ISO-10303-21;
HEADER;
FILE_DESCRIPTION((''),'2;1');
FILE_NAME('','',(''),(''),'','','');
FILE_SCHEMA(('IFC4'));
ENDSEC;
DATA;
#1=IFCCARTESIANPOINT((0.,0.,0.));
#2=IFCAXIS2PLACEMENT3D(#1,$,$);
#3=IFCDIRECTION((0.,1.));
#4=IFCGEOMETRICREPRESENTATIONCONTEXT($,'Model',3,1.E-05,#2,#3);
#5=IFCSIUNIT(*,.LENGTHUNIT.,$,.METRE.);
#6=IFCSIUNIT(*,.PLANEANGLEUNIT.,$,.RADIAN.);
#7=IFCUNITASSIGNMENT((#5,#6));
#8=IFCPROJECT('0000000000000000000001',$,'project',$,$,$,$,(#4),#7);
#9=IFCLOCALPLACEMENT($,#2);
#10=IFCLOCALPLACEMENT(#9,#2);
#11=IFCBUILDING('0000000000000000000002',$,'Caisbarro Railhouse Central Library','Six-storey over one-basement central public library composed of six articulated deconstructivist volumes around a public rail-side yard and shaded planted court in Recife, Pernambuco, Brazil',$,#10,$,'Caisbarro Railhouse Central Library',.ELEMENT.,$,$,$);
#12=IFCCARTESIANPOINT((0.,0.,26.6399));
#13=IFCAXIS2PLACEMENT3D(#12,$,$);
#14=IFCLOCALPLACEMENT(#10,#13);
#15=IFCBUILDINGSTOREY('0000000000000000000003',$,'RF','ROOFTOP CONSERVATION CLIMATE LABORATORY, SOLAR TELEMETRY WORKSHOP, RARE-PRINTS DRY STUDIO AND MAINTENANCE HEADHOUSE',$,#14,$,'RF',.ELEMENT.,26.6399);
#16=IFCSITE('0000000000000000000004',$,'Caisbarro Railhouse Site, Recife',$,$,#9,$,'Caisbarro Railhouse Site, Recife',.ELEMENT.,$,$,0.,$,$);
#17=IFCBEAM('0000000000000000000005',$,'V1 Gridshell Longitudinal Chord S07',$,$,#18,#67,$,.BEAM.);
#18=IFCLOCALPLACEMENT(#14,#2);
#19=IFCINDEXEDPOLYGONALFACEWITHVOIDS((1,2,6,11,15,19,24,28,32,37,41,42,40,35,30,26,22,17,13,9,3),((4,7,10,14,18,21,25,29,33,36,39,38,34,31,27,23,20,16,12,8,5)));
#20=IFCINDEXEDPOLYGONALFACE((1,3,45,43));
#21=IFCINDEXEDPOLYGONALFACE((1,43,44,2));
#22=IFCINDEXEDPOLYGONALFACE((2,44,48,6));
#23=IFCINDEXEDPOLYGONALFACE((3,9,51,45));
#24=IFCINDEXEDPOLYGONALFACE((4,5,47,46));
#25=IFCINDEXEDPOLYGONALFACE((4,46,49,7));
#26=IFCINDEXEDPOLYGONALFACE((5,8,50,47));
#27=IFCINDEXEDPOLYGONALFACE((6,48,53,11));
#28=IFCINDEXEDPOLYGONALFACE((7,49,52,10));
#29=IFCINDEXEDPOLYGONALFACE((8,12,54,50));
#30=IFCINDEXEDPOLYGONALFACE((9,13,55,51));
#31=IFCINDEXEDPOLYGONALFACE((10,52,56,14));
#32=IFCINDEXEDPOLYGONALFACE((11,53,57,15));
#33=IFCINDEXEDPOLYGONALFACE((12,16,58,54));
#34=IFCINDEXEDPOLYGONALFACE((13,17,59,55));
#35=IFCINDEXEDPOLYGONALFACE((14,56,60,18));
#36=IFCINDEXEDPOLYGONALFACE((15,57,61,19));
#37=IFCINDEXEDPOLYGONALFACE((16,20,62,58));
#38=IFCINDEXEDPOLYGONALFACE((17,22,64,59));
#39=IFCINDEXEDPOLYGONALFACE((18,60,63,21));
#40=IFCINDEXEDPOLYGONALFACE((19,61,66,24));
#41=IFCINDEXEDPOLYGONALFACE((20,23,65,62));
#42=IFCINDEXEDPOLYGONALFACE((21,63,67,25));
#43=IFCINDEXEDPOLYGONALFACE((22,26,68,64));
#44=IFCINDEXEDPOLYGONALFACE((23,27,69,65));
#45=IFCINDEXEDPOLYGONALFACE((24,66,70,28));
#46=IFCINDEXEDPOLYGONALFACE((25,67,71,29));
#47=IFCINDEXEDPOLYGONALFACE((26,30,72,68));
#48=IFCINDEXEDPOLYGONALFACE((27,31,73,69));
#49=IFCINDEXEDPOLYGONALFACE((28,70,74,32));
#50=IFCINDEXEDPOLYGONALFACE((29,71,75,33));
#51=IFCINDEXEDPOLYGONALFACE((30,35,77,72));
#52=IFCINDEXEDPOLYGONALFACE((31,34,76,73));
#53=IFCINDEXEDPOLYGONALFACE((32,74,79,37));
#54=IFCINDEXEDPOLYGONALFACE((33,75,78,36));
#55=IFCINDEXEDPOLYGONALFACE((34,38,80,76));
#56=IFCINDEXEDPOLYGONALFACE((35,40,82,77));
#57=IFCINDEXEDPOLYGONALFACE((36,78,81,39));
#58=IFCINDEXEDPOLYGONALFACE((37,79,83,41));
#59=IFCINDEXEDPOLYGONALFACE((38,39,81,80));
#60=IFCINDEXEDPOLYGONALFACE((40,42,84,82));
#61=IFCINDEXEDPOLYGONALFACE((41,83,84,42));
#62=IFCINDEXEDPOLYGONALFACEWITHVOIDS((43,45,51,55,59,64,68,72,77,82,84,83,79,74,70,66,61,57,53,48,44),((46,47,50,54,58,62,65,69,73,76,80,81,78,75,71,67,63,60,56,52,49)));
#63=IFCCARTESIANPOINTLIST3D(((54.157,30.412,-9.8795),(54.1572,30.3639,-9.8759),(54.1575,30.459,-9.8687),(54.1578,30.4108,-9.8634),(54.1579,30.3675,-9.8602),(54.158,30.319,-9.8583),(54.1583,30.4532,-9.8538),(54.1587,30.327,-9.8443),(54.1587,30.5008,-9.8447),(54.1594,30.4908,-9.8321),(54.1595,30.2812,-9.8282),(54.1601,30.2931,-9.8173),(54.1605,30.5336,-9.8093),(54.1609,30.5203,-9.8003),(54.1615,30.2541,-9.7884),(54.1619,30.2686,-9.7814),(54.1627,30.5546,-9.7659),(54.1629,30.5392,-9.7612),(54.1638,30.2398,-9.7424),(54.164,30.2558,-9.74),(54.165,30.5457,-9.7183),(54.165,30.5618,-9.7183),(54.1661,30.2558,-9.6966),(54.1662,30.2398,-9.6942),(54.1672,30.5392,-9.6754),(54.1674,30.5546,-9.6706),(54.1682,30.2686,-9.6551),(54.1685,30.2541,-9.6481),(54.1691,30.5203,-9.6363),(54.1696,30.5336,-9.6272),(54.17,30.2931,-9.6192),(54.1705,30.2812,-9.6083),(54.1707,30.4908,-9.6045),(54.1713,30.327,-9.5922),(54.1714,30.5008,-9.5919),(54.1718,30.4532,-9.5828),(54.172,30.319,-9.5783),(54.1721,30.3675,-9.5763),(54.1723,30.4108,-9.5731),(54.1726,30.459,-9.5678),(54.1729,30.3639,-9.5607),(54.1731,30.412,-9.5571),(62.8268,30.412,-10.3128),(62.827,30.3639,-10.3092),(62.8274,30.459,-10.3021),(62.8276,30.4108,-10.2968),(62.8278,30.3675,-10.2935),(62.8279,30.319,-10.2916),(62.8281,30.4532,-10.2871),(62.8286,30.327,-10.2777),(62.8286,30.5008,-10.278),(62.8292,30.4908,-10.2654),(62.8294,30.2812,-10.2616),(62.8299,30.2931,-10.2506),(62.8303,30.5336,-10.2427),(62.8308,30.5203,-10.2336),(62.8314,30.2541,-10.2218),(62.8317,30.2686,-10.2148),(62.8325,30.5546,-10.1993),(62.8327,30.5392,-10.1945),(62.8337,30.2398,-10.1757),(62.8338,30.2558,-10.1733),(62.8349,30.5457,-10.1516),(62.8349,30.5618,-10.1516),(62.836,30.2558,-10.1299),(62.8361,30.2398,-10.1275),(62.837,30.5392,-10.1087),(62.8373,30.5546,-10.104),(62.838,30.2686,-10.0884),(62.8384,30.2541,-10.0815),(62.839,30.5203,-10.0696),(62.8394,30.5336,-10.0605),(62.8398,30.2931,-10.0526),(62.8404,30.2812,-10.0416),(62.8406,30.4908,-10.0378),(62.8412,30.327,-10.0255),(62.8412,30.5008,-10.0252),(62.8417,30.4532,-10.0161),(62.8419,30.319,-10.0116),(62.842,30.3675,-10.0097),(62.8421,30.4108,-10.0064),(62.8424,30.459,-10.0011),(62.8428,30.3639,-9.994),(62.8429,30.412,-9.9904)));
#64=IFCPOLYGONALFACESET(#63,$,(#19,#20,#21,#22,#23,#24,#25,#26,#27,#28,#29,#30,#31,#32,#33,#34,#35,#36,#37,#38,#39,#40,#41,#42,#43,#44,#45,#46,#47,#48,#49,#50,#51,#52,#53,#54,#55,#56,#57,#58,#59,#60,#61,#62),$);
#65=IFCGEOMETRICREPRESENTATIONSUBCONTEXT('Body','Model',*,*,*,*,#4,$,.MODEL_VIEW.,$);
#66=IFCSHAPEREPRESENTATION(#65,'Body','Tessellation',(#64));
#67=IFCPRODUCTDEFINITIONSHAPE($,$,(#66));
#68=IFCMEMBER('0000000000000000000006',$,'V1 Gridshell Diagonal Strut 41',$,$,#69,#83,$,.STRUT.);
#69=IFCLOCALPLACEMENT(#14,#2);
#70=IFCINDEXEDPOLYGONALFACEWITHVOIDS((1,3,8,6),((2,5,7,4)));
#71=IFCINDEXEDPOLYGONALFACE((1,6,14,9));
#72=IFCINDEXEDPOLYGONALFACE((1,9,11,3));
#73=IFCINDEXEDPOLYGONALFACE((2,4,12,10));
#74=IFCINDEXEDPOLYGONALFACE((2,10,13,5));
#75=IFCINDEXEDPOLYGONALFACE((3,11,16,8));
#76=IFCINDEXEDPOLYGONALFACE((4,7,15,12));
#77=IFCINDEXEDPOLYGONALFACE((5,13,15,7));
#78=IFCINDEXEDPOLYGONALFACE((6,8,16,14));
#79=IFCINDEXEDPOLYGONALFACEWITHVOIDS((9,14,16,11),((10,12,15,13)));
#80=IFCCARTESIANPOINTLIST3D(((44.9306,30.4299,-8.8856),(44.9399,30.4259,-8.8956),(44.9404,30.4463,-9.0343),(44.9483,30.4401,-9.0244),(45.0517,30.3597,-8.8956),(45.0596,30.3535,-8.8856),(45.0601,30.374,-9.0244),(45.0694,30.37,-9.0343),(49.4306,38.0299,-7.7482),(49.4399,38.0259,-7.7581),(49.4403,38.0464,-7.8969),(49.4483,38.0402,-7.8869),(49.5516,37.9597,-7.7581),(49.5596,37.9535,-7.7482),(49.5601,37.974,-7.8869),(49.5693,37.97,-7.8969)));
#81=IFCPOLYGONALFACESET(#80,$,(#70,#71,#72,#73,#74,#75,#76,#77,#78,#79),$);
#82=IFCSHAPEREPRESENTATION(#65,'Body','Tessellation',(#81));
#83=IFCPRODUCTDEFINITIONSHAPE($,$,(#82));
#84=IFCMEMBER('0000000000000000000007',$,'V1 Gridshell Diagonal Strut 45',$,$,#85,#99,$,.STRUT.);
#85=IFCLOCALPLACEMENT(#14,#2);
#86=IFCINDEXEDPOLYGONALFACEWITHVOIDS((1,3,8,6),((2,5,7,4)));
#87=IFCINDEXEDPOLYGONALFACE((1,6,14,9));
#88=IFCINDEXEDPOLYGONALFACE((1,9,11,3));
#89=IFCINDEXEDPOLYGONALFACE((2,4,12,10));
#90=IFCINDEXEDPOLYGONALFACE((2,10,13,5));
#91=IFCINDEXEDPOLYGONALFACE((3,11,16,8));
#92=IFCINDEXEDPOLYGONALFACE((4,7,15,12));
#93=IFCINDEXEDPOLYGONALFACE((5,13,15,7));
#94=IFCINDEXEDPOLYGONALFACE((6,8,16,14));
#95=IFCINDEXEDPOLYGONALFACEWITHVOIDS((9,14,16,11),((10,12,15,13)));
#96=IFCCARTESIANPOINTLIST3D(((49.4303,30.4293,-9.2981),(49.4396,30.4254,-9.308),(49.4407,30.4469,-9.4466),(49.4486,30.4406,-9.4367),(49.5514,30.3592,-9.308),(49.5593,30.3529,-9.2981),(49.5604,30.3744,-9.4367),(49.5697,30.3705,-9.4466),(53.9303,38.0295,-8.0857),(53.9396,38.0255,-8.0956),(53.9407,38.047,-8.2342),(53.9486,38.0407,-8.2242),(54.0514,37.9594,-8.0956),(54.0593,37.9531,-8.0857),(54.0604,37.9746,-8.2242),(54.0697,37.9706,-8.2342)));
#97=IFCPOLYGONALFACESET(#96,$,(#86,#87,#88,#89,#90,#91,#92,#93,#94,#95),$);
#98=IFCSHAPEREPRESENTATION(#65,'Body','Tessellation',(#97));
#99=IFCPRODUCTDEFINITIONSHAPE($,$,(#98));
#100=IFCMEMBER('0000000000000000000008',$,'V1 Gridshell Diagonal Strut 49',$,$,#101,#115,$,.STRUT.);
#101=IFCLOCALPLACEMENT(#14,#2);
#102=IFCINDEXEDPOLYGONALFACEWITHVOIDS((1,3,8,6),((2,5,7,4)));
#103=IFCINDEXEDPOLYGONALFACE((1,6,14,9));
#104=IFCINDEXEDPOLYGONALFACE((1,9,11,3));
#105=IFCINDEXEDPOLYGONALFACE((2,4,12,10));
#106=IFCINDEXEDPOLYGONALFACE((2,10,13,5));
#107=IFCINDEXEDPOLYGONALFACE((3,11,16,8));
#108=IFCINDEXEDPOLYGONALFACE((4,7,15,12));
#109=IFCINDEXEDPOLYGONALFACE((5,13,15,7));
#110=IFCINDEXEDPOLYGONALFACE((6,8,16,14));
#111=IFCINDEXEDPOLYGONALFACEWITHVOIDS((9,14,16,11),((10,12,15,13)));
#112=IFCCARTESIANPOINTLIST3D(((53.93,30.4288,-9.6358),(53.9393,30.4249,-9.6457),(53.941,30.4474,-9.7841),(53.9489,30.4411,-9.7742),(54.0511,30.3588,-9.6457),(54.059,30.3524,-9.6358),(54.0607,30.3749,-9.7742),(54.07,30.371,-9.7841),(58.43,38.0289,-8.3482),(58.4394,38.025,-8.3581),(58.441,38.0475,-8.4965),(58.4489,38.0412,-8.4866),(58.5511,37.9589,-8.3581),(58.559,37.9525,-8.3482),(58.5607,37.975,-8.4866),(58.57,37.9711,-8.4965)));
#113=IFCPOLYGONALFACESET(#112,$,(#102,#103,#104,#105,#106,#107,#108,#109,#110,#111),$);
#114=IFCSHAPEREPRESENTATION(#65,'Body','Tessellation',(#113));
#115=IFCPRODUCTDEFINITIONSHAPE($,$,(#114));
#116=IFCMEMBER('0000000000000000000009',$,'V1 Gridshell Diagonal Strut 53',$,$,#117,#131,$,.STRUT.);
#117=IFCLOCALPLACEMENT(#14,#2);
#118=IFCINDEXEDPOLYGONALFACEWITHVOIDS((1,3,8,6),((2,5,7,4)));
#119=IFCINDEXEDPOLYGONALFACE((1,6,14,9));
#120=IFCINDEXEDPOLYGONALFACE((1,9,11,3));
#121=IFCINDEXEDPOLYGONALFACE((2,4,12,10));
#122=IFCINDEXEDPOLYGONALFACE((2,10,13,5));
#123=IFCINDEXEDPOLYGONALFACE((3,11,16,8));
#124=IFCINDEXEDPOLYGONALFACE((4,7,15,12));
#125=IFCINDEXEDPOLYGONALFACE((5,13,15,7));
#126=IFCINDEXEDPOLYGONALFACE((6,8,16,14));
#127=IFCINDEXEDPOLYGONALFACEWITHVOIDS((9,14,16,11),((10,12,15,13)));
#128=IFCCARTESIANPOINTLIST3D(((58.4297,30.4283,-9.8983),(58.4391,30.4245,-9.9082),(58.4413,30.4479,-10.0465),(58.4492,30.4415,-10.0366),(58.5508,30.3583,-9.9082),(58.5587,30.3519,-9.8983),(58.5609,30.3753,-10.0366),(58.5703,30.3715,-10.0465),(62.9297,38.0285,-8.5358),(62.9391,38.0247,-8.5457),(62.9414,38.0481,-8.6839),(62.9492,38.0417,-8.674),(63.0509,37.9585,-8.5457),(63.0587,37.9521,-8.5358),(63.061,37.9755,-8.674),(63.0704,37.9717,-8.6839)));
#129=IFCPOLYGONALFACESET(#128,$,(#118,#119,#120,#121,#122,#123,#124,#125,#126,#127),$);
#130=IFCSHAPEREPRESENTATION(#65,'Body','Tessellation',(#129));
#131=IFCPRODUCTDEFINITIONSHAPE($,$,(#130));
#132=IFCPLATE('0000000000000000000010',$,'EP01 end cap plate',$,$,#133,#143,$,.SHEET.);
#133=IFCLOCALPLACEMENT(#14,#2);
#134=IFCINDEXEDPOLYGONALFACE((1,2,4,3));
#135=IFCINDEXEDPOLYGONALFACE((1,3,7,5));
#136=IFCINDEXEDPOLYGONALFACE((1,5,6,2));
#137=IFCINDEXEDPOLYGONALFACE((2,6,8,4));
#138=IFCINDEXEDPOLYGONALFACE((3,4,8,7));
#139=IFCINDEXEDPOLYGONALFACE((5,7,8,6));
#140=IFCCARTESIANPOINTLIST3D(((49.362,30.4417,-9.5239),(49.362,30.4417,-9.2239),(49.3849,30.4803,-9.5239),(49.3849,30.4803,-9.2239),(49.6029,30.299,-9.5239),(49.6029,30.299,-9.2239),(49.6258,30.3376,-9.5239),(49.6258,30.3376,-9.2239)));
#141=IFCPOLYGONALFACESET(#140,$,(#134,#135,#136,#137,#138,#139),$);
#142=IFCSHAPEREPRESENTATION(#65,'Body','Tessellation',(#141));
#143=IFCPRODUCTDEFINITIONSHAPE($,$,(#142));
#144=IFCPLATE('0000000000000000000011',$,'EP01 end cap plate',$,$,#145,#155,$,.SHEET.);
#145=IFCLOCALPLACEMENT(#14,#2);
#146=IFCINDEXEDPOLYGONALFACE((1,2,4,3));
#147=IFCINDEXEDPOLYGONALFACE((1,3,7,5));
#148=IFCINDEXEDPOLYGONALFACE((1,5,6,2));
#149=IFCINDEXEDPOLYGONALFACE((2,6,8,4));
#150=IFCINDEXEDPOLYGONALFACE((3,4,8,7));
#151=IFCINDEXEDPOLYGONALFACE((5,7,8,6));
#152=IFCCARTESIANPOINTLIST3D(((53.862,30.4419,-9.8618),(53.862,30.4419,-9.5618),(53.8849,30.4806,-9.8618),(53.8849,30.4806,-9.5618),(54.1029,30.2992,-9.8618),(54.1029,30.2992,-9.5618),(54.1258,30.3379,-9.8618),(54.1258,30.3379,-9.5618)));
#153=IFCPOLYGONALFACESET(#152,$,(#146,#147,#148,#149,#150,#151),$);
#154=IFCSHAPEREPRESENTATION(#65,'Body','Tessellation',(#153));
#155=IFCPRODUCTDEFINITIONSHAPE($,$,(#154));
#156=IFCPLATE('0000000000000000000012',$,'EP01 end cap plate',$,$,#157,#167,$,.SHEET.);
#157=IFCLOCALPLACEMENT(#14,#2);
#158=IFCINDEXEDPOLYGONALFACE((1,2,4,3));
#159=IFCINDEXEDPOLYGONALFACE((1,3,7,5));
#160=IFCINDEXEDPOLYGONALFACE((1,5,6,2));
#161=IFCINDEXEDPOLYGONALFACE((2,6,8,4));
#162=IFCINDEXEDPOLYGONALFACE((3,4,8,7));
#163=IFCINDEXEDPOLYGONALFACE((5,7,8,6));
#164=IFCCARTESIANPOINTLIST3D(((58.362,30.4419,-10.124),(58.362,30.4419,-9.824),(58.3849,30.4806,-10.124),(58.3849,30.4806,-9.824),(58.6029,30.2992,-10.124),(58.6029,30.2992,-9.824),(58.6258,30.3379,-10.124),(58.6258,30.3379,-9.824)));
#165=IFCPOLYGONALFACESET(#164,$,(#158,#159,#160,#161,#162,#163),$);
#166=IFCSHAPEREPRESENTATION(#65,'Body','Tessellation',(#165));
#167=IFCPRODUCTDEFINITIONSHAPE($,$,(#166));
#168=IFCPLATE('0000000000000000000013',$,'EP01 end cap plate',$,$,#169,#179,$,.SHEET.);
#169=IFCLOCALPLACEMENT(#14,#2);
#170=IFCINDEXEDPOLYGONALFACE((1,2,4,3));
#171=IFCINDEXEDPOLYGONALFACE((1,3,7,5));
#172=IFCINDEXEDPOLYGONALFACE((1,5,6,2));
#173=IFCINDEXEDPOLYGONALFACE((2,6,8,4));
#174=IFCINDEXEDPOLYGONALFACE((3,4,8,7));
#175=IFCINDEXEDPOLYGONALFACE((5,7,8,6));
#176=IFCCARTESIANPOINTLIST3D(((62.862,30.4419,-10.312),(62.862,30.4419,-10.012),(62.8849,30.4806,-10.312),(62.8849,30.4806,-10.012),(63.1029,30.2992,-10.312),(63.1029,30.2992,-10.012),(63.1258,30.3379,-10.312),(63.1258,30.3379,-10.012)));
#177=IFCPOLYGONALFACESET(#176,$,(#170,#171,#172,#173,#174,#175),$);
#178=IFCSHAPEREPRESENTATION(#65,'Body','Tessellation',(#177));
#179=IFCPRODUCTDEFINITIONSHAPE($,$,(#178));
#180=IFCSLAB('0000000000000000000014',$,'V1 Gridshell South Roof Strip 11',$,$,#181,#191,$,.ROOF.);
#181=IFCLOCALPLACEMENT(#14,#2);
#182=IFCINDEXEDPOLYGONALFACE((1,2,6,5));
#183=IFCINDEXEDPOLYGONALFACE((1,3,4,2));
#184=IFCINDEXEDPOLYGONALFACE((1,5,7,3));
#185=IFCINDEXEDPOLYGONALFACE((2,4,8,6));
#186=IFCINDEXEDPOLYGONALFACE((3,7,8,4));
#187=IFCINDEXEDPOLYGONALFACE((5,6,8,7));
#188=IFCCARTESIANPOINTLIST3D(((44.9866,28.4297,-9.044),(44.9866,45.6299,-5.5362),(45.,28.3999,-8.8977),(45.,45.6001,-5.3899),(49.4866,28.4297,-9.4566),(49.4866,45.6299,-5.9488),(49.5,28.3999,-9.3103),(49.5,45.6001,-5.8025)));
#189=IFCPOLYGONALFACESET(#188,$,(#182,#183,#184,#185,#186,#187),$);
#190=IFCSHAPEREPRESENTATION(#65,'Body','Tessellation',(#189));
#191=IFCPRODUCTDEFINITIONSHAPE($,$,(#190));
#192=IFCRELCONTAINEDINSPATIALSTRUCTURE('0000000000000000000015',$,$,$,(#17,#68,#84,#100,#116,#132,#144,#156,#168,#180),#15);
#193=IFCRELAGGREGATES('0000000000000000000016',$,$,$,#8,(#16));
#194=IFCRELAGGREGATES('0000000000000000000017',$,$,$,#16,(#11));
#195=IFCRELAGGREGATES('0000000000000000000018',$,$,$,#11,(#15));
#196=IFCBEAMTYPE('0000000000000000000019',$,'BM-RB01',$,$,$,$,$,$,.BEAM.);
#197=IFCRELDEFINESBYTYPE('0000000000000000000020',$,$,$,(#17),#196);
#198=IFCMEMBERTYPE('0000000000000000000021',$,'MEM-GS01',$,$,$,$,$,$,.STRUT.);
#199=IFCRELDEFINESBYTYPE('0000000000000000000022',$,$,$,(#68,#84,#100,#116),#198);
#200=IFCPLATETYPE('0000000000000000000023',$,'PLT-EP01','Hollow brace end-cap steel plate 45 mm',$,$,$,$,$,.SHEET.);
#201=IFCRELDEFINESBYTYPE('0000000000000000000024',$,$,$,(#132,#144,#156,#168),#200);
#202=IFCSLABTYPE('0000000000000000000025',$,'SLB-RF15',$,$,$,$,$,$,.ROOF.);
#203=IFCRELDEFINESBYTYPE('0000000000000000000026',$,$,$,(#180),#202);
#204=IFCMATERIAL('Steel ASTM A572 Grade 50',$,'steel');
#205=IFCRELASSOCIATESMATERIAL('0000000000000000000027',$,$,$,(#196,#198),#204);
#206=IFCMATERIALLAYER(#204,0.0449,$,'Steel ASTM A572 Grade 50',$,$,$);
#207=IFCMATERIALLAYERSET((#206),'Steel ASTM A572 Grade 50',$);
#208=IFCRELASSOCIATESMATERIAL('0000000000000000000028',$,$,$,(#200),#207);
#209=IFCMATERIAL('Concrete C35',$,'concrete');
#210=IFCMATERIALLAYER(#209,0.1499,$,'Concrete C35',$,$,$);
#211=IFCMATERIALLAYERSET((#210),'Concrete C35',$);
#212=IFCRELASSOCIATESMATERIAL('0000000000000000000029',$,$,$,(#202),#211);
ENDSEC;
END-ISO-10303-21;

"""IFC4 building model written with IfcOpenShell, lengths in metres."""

from ifc_helpers import new_model, si_unit, direction, frame, origin, origin_2d, place, context, subcontext, project, spatial, polyline, rectangle, hollow_rectangle, hollow_circle, outline, extrude, material, layer, layer_set, material_profile, profile_set, type_object, element, save


model = new_model("IFC4")

# Units and contexts
model_context = context("Model", 3, precision=1e-05, world=origin(), true_north=direction((0.0, 1.0)))
body_context = subcontext(model_context, "Body", "Model", "MODEL_VIEW")
ifc_project = project(units=[si_unit("LENGTHUNIT", "METRE"), si_unit("PLANEANGLEUNIT", "RADIAN")], contexts=[model_context])

# Site, building, storey
site_placement = place(None, origin())
site = spatial("IfcSite", under=ifc_project, at=site_placement, Name="Caisbarro Railhouse Site, Recife", LongName="Caisbarro Railhouse Site, Recife", CompositionType="ELEMENT", RefElevation=0.0)
building_placement = place(site_placement, origin())
building = spatial("IfcBuilding", under=site, at=building_placement, Name="Caisbarro Railhouse Central Library", Description="Six-storey over one-basement central public library composed of six articulated deconstructivist volumes around a public rail-side yard and shaded planted court in Recife, Pernambuco, Brazil", LongName="Caisbarro Railhouse Central Library", CompositionType="ELEMENT")
storey_placement = place(building_placement, frame((0.0, 0.0, 26.6399)))
storey = spatial("IfcBuildingStorey", under=building, at=storey_placement, Name="RF", Description="ROOFTOP CONSERVATION CLIMATE LABORATORY, SOLAR TELEMETRY WORKSHOP, RARE-PRINTS DRY STUDIO AND MAINTENANCE HEADHOUSE", LongName="RF", CompositionType="ELEMENT", Elevation=26.6399)

# Beam
ifc_material_1 = material(Name="Steel ASTM A572 Grade 50", Category="steel")
ifc_material_profile_1 = material_profile(ifc_material_1, hollow_circle(Radius=0.1619, WallThickness=0.0161, at=origin_2d()), Name="CHS323.9X16.0")
ifc_profile_set_1 = profile_set([ifc_material_profile_1], Name="Steel ASTM A572 Grade 50")
beam_type_1 = type_object("IfcBeamType", Name="BM-RB01", PredefinedType="BEAM", material=ifc_profile_set_1)
beam_1_placement = place(storey_placement, frame((54.165, 30.3999, -9.7183), z_axis=(0.998753, 0.0, -0.049921), x_axis=(0.0, 1.0, 0.0)))
element("IfcBeam", 1, at=beam_1_placement, inside=storey, type_object=beam_type_1, Name="V1 Gridshell Longitudinal Chord S07", PredefinedType="BEAM", context=body_context, shape_type="SweptSolid", body=[
    extrude(hollow_circle(Radius=0.1619, WallThickness=0.0161, at=origin_2d()), origin(), (0.0, 0.0, 1.0), 8.6807),
])

# Members
ifc_material_profile_2 = material_profile(ifc_material_1, hollow_rectangle(XDim=0.1499, YDim=0.1499, WallThickness=0.01, at=origin_2d()), Name="HSS150X150X10")
ifc_profile_set_2 = profile_set([ifc_material_profile_2], Name="Steel ASTM A572 Grade 50")
member_type = type_object("IfcMemberType", Name="MEM-GS01", PredefinedType="STRUT", material=ifc_profile_set_2)
member_1_placement = place(storey_placement, frame((45.0, 30.3999, -8.96), z_axis=(0.505314, 0.85343, 0.127727), x_axis=(-0.860478, 0.509487, 0.0)))
element("IfcMember", 2, at=member_1_placement, inside=storey, type_object=member_type, Name="V1 Gridshell Diagonal Strut 41", PredefinedType="STRUT", context=body_context, shape_type="SweptSolid", body=[
    extrude(hollow_rectangle(XDim=0.1499, YDim=0.1499, WallThickness=0.01, at=origin_2d()), origin(), (0.0, 0.0, 1.0), 8.9053),
])
member_2_placement = place(storey_placement, frame((49.5, 30.3999, -9.3723), z_axis=(0.504754, 0.852484, 0.135992), x_axis=(-0.860478, 0.509487, 0.0)))
element("IfcMember", 3, at=member_2_placement, inside=storey, type_object=member_type, Name="V1 Gridshell Diagonal Strut 45", PredefinedType="STRUT", context=body_context, shape_type="SweptSolid", body=[
    extrude(hollow_rectangle(XDim=0.1499, YDim=0.1499, WallThickness=0.01, at=origin_2d()), origin(), (0.0, 0.0, 1.0), 8.9153),
])
member_3_placement = place(storey_placement, frame((54.0, 30.3999, -9.71), z_axis=(0.504158, 0.851478, 0.144256), x_axis=(-0.860478, 0.509487, 0.0)))
element("IfcMember", 4, at=member_3_placement, inside=storey, type_object=member_type, Name="V1 Gridshell Diagonal Strut 49", PredefinedType="STRUT", context=body_context, shape_type="SweptSolid", body=[
    extrude(hollow_rectangle(XDim=0.1499, YDim=0.1499, WallThickness=0.01, at=origin_2d()), origin(), (0.0, 0.0, 1.0), 8.9258),
])
member_4_placement = place(storey_placement, frame((58.5, 30.3999, -9.9724), z_axis=(0.503531, 0.850419, 0.152463), x_axis=(-0.860478, 0.509487, 0.0)))
element("IfcMember", 5, at=member_4_placement, inside=storey, type_object=member_type, Name="V1 Gridshell Diagonal Strut 53", PredefinedType="STRUT", context=body_context, shape_type="SweptSolid", body=[
    extrude(hollow_rectangle(XDim=0.1499, YDim=0.1499, WallThickness=0.01, at=origin_2d()), origin(), (0.0, 0.0, 1.0), 8.937),
])

# Plates
ifc_layer_1 = layer(ifc_material_1, 0.0449, Name="Steel ASTM A572 Grade 50")
ifc_layer_set_1 = layer_set([ifc_layer_1], Name="Steel ASTM A572 Grade 50")
plate_type = type_object("IfcPlateType", Name="PLT-EP01", Description="Hollow brace end-cap steel plate 45 mm", PredefinedType="SHEET", material=ifc_layer_set_1)
for number, where, z_axis, x_axis, name in (
    (6, (49.4939, 30.3896, -9.5239), (0.0, 0.0, 1.0), (0.509492, 0.860475, 0.0), "EP01 end cap plate"),
    (7, (53.9939, 30.3899, -9.8618), (0.0, 0.0, 1.0), (0.509492, 0.860475, 0.0), "EP01 end cap plate"),
    (8, (58.4939, 30.3899, -10.124), (0.0, 0.0, 1.0), (0.509492, 0.860475, 0.0), "EP01 end cap plate"),
    (9, (62.9939, 30.3899, -10.312), (0.0, 0.0, 1.0), (0.509492, 0.860475, 0.0), "EP01 end cap plate"),
):
    element("IfcPlate", number, at=place(storey_placement, frame(where, z_axis=z_axis, x_axis=x_axis)), inside=storey, type_object=plate_type, Name=name, PredefinedType="SHEET", context=body_context, shape_type="SweptSolid", body=[
        extrude(rectangle(XDim=0.0449, YDim=0.28, at=origin_2d()), origin(), (0.0, 0.0, 1.0), 0.3),
    ])

# Slab
ifc_material_2 = material(Name="Concrete C35", Category="concrete")
ifc_layer_2 = layer(ifc_material_2, 0.1499, Name="Concrete C35")
ifc_layer_set_2 = layer_set([ifc_layer_2], Name="Concrete C35")
slab_type = type_object("IfcSlabType", Name="SLB-RF15", PredefinedType="ROOF", material=ifc_layer_set_2)
slab_1_placement = place(storey_placement, frame((45.0, 28.3999, -8.8977), z_axis=(0.089479, -0.199025, 0.975901), x_axis=(0.995823, 0.0, -0.091305)))
element("IfcSlab", 10, at=slab_1_placement, inside=storey, type_object=slab_type, Name="V1 Gridshell South Roof Strip 11", PredefinedType="ROOF", context=body_context, shape_type="SweptSolid", body=[
    extrude(outline(polyline([(0.0, 0.0), (4.5189, 0.0), (4.1986, 17.5513), (-0.3203, 17.5513), (0.0, 0.0)])), origin(), (0.0, 0.0, -1.0), 0.1499),
])

save(model, "model.ifc")
